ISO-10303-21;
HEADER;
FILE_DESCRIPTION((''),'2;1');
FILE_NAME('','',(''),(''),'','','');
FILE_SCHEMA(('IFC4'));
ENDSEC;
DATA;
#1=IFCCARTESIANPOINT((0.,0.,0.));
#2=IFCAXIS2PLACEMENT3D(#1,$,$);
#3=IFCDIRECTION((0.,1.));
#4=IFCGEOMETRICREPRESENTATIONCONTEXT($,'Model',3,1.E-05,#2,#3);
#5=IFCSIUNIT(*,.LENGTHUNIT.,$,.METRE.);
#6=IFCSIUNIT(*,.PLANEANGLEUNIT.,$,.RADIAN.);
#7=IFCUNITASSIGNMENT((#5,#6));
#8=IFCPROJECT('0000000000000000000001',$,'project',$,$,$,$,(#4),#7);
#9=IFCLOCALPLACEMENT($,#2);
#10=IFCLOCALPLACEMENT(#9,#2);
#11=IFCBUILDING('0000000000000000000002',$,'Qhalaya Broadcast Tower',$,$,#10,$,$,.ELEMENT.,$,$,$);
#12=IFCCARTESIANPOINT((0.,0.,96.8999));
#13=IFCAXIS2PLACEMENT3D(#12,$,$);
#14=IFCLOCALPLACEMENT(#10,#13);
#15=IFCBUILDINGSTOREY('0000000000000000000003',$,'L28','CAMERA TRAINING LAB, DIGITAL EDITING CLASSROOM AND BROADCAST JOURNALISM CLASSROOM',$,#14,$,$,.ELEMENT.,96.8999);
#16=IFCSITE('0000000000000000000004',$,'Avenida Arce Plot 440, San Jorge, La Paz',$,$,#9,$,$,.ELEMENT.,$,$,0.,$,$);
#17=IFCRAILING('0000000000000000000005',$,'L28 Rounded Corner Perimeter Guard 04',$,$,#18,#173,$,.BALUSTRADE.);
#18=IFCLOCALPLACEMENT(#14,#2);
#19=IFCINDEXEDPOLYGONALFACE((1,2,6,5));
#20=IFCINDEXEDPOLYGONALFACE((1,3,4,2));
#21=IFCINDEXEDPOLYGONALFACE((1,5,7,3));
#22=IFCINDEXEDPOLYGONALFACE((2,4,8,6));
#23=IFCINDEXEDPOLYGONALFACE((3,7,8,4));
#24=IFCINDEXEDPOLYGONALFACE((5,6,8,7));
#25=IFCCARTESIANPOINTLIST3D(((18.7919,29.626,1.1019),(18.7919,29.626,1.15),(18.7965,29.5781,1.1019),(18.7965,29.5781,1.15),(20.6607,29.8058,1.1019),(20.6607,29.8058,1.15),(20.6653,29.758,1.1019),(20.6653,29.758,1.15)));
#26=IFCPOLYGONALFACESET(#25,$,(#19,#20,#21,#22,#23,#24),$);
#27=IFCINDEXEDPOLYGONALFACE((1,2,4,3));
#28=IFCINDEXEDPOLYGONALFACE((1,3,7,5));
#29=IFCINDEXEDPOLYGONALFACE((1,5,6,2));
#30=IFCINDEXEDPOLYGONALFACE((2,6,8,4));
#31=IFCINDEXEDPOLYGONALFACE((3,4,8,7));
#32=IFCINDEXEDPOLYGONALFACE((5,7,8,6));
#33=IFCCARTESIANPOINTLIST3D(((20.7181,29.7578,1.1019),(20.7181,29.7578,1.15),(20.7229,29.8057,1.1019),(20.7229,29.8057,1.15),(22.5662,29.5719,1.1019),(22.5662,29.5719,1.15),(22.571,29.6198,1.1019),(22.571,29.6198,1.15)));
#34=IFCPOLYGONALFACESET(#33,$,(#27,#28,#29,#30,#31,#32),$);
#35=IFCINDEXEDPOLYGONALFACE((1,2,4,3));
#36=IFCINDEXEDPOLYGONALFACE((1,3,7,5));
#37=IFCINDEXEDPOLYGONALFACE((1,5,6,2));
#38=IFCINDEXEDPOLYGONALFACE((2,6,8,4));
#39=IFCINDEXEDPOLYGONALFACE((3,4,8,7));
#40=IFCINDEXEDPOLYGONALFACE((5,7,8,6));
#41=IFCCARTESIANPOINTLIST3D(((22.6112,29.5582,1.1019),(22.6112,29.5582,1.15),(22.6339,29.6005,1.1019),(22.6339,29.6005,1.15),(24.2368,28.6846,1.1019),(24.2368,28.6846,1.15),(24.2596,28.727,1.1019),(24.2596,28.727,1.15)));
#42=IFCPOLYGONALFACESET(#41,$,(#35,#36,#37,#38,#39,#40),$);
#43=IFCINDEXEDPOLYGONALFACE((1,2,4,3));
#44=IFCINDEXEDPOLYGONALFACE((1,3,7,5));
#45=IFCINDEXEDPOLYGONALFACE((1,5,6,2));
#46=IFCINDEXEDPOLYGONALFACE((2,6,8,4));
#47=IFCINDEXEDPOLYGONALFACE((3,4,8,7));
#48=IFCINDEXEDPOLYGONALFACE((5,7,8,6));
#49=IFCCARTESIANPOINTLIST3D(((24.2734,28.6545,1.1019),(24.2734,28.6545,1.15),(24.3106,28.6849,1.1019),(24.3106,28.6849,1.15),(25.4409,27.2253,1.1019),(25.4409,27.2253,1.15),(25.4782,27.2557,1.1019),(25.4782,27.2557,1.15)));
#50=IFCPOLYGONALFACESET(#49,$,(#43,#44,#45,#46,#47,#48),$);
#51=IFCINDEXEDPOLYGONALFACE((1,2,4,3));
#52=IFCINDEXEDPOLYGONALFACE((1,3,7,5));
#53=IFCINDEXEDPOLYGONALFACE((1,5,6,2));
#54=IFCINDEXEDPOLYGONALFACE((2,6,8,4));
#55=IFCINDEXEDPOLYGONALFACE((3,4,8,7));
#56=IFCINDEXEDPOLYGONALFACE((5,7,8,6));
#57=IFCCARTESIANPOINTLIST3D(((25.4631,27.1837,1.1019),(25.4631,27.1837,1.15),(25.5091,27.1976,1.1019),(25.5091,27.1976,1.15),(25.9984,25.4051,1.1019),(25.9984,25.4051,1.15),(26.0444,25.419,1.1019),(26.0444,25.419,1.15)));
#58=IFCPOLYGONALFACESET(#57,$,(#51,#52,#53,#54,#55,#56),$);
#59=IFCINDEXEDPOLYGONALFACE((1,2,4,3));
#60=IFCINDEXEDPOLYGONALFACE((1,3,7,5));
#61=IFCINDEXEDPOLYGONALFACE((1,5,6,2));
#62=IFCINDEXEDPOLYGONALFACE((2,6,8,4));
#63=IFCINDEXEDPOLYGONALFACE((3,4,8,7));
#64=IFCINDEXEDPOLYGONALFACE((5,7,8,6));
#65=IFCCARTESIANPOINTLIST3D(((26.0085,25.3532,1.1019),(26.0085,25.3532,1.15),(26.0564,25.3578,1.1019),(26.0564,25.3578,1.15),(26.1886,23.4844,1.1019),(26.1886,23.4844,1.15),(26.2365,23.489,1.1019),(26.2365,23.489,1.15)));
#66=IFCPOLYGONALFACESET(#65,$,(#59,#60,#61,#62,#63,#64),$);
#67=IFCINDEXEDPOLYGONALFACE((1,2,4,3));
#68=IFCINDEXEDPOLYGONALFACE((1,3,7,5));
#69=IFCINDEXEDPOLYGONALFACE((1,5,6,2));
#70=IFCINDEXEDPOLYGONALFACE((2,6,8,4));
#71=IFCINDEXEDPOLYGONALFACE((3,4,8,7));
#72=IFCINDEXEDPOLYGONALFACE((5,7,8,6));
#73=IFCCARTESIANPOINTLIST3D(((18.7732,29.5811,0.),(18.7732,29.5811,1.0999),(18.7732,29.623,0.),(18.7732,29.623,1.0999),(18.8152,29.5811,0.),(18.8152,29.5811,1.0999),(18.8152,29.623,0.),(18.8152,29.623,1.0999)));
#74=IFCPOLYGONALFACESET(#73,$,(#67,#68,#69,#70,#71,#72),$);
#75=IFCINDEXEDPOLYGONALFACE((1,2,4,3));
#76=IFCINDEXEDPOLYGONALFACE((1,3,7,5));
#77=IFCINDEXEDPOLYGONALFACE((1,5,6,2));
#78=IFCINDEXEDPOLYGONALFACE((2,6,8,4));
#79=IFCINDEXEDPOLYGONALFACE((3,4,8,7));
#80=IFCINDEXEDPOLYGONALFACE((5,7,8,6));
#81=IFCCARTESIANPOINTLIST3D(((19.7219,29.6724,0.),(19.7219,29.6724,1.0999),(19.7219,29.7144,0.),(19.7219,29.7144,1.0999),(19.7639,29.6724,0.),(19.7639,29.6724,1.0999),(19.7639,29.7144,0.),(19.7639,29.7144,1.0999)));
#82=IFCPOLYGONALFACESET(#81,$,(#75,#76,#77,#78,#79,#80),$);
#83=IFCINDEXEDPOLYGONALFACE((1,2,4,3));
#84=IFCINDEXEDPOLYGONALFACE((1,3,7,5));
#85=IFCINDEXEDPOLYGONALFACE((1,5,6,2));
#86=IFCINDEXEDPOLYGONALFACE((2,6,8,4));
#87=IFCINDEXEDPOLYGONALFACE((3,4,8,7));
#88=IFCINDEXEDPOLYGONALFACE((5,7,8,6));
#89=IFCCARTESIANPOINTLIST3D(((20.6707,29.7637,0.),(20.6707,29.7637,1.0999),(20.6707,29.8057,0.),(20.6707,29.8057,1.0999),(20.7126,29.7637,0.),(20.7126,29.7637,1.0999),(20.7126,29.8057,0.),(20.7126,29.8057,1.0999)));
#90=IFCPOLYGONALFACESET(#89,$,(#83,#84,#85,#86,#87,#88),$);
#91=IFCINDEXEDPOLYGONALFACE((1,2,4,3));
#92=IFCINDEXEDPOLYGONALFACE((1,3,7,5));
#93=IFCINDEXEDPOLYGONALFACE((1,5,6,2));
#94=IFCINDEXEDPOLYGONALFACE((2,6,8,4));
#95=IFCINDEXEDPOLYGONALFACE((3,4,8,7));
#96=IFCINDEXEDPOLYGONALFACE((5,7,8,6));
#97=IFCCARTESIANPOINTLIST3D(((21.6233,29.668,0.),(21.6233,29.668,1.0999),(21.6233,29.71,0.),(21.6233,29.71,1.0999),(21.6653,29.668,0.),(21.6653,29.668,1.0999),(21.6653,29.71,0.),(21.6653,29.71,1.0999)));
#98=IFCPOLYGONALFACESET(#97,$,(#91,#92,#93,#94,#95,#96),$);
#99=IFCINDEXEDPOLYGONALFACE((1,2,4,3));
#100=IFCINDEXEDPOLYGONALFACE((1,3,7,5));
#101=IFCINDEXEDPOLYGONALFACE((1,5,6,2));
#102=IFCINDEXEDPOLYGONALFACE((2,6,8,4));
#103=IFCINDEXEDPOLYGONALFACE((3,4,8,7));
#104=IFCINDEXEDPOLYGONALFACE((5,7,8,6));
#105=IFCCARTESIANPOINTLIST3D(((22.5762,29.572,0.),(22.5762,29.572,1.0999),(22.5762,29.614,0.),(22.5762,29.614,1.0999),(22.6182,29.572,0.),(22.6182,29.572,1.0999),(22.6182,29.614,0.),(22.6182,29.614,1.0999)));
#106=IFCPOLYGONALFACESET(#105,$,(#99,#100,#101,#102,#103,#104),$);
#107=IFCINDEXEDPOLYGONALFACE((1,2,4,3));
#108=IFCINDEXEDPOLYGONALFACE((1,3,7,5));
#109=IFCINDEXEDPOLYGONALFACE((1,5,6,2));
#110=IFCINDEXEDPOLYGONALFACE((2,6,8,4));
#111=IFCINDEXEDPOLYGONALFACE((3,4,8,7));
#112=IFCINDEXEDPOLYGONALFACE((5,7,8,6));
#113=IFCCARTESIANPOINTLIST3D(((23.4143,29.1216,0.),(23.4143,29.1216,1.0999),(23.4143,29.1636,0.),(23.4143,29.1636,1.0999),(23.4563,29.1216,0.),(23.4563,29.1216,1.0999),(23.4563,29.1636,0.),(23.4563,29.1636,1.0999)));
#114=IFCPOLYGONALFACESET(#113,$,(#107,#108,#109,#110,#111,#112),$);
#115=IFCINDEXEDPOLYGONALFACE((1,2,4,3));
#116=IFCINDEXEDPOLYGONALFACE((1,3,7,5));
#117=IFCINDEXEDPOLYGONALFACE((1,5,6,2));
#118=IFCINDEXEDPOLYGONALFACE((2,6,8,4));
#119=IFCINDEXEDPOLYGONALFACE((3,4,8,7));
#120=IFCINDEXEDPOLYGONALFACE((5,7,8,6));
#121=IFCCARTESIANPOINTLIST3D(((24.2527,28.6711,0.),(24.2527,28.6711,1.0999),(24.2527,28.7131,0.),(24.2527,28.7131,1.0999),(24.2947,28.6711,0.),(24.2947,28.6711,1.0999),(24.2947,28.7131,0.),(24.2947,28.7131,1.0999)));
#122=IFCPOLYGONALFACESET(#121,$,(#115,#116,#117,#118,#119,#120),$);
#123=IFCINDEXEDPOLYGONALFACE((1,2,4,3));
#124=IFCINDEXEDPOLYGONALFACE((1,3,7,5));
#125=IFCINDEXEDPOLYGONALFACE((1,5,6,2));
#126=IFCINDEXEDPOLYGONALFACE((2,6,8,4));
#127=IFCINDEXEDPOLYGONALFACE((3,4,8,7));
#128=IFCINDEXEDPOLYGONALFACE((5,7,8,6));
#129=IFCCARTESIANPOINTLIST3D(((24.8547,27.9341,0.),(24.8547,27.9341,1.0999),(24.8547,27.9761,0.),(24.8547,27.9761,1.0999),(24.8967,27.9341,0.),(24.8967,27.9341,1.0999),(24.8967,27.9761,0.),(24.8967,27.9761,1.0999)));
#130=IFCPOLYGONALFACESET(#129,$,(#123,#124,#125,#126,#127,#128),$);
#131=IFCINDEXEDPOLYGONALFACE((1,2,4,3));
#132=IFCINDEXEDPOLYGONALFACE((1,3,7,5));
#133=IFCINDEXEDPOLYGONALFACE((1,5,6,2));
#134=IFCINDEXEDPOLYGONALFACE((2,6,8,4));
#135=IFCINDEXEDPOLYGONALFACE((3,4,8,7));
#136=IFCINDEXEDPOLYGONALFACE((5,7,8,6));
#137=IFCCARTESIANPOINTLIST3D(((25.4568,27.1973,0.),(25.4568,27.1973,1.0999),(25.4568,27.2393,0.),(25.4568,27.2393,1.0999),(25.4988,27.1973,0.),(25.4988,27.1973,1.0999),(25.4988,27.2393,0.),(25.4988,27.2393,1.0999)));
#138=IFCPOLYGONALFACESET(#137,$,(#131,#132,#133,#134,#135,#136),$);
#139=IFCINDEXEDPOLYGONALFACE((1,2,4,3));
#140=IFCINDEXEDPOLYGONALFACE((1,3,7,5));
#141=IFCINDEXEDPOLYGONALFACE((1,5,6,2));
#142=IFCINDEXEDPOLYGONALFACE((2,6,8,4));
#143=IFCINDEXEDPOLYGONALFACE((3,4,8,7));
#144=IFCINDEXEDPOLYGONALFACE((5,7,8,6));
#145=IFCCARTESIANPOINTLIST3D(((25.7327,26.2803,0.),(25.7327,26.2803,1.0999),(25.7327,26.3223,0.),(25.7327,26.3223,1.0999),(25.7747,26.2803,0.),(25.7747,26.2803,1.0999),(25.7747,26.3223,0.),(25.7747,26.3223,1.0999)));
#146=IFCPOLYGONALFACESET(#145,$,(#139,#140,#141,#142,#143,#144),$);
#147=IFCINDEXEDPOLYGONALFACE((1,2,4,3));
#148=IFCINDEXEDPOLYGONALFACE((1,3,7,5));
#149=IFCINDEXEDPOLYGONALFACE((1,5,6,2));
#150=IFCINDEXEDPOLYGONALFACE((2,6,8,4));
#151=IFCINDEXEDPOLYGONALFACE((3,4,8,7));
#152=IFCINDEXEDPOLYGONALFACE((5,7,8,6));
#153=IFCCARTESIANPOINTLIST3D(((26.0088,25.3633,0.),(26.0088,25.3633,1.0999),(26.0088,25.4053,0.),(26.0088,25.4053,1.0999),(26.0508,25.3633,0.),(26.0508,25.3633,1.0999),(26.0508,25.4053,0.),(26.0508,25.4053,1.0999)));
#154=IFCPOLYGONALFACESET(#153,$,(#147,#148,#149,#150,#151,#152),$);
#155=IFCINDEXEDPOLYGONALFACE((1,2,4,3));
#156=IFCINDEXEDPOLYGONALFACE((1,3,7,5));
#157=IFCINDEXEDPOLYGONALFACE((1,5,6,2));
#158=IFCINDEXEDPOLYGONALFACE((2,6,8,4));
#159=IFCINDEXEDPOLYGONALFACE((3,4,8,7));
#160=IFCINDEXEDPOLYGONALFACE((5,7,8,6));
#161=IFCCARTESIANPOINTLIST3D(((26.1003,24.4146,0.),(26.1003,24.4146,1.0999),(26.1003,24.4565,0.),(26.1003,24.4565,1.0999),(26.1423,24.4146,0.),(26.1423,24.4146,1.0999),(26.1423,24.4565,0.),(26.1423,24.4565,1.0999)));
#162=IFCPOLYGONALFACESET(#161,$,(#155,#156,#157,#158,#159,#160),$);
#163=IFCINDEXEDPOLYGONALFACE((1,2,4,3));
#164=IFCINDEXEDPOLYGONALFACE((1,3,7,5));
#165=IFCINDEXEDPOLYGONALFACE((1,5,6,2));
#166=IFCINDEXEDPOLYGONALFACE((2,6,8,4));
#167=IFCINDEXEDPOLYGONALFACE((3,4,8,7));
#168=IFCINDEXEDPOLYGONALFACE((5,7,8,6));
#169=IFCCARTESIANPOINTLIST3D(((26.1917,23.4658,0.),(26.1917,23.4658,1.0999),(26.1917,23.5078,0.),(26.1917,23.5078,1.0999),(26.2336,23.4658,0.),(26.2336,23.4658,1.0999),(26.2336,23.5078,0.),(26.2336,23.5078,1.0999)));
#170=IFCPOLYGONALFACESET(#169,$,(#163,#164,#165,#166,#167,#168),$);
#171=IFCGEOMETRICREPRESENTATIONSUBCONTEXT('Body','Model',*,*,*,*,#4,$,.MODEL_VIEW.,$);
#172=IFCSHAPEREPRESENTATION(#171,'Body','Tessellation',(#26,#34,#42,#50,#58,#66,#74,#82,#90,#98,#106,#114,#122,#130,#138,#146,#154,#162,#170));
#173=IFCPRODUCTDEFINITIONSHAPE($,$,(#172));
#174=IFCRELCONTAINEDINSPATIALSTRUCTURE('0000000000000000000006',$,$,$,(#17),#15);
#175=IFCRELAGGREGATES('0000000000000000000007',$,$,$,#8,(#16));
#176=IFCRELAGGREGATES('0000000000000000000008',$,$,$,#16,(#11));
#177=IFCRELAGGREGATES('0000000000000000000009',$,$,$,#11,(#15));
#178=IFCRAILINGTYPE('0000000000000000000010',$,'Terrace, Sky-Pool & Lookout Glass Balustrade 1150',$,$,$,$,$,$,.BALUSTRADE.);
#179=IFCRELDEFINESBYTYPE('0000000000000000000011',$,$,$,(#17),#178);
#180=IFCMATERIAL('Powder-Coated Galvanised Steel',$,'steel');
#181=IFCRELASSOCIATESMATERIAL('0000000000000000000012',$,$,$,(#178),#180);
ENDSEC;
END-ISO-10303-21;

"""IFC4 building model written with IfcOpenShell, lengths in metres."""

from ifc_helpers import new_model, si_unit, direction, frame, origin, origin_2d, place, context, subcontext, project, spatial, rectangle, extrude, material, type_object, element, save


model = new_model("IFC4")

# Units and contexts
model_context = context("Model", 3, precision=1e-05, world=origin(), true_north=direction((0.0, 1.0)))
body_context = subcontext(model_context, "Body", "Model", "MODEL_VIEW")
ifc_project = project(units=[si_unit("LENGTHUNIT", "METRE"), si_unit("PLANEANGLEUNIT", "RADIAN")], contexts=[model_context])

# Site, building, storey
site_placement = place(None, origin())
site = spatial("IfcSite", under=ifc_project, at=site_placement, Name="Avenida Arce Plot 440, San Jorge, La Paz", CompositionType="ELEMENT", RefElevation=0.0)
building_placement = place(site_placement, origin())
building = spatial("IfcBuilding", under=site, at=building_placement, Name="Qhalaya Broadcast Tower", CompositionType="ELEMENT")
storey_placement = place(building_placement, frame((0.0, 0.0, 96.8999)))
storey = spatial("IfcBuildingStorey", under=building, at=storey_placement, Name="L28", Description="CAMERA TRAINING LAB, DIGITAL EDITING CLASSROOM AND BROADCAST JOURNALISM CLASSROOM", CompositionType="ELEMENT", Elevation=96.8999)

# Railing
ifc_material_1 = material(Name="Powder-Coated Galvanised Steel", Category="steel")
railing_type = type_object("IfcRailingType", Name="Terrace, Sky-Pool & Lookout Glass Balustrade 1150", PredefinedType="BALUSTRADE", material=ifc_material_1)
railing_placement = place(storey_placement, frame((18.7942, 29.6021, 0.0)))
element("IfcRailing", 1, at=railing_placement, inside=storey, type_object=railing_type, Name="L28 Rounded Corner Perimeter Guard 04", PredefinedType="BALUSTRADE", context=body_context, shape_type="SweptSolid", body=[
    extrude(rectangle(XDim=0.0481, YDim=0.0481, at=origin_2d()), frame((0.0, 0.0, 1.126), z_axis=(0.995401, 0.0958, 0.0), x_axis=(-0.0958, 0.995401, 0.0)), (0.0, 0.0, 1.0), 1.8774),
    extrude(rectangle(XDim=0.0481, YDim=0.0481, at=origin_2d()), frame((1.9263, 0.1797, 1.126), z_axis=(0.99498, -0.100072, 0.0), x_axis=(0.100072, 0.99498, 0.0)), (0.0, 0.0, 1.0), 1.8574),
    extrude(rectangle(XDim=0.0481, YDim=0.0481, at=origin_2d()), frame((3.8284, -0.0227, 1.126), z_axis=(0.880879, -0.473342, 0.0), x_axis=(0.473342, 0.880879, 0.0)), (0.0, 0.0, 1.0), 1.8455),
    extrude(rectangle(XDim=0.0481, YDim=0.0481, at=origin_2d()), frame((5.4978, -0.9324, 1.126), z_axis=(0.632672, -0.77442, 0.0), x_axis=(0.77442, 0.632672, 0.0)), (0.0, 0.0, 1.0), 1.8455),
    extrude(rectangle(XDim=0.0481, YDim=0.0481, at=origin_2d()), frame((6.6919, -2.4114, 1.126), z_axis=(0.288213, -0.957566, 0.0), x_axis=(0.957566, 0.288213, 0.0)), (0.0, 0.0, 1.0), 1.8574),
    extrude(rectangle(XDim=0.0481, YDim=0.0481, at=origin_2d()), frame((7.2383, -4.2466, 1.126), z_axis=(0.095927, -0.995388, 0.0), x_axis=(0.995388, 0.095927, 0.0)), (0.0, 0.0, 1.0), 1.8774),
    extrude(rectangle(XDim=0.042, YDim=0.042, at=origin_2d()), origin(), (0.0, 0.0, 1.0), 1.0999),
    extrude(rectangle(XDim=0.042, YDim=0.042, at=origin_2d()), frame((0.9487, 0.0913, 0.0)), (0.0, 0.0, 1.0), 1.0999),
    extrude(rectangle(XDim=0.042, YDim=0.042, at=origin_2d()), frame((1.8975, 0.1826, 0.0)), (0.0, 0.0, 1.0), 1.0999),
    extrude(rectangle(XDim=0.042, YDim=0.042, at=origin_2d()), frame((2.8501, 0.0869, 0.0)), (0.0, 0.0, 1.0), 1.0999),
    extrude(rectangle(XDim=0.042, YDim=0.042, at=origin_2d()), frame((3.803, -0.009, 0.0)), (0.0, 0.0, 1.0), 1.0999),
    extrude(rectangle(XDim=0.042, YDim=0.042, at=origin_2d()), frame((4.6411, -0.4595, 0.0)), (0.0, 0.0, 1.0), 1.0999),
    extrude(rectangle(XDim=0.042, YDim=0.042, at=origin_2d()), frame((5.4795, -0.9099, 0.0)), (0.0, 0.0, 1.0), 1.0999),
    extrude(rectangle(XDim=0.042, YDim=0.042, at=origin_2d()), frame((6.0815, -1.647, 0.0)), (0.0, 0.0, 1.0), 1.0999),
    extrude(rectangle(XDim=0.042, YDim=0.042, at=origin_2d()), frame((6.6836, -2.3838, 0.0)), (0.0, 0.0, 1.0), 1.0999),
    extrude(rectangle(XDim=0.042, YDim=0.042, at=origin_2d()), frame((6.9595, -3.3008, 0.0)), (0.0, 0.0, 1.0), 1.0999),
    extrude(rectangle(XDim=0.042, YDim=0.042, at=origin_2d()), frame((7.2356, -4.2178, 0.0)), (0.0, 0.0, 1.0), 1.0999),
    extrude(rectangle(XDim=0.042, YDim=0.042, at=origin_2d()), frame((7.3271, -5.1665, 0.0)), (0.0, 0.0, 1.0), 1.0999),
    extrude(rectangle(XDim=0.042, YDim=0.042, at=origin_2d()), frame((7.4185, -6.1152, 0.0)), (0.0, 0.0, 1.0), 1.0999),
])

save(model, "model.ifc")
